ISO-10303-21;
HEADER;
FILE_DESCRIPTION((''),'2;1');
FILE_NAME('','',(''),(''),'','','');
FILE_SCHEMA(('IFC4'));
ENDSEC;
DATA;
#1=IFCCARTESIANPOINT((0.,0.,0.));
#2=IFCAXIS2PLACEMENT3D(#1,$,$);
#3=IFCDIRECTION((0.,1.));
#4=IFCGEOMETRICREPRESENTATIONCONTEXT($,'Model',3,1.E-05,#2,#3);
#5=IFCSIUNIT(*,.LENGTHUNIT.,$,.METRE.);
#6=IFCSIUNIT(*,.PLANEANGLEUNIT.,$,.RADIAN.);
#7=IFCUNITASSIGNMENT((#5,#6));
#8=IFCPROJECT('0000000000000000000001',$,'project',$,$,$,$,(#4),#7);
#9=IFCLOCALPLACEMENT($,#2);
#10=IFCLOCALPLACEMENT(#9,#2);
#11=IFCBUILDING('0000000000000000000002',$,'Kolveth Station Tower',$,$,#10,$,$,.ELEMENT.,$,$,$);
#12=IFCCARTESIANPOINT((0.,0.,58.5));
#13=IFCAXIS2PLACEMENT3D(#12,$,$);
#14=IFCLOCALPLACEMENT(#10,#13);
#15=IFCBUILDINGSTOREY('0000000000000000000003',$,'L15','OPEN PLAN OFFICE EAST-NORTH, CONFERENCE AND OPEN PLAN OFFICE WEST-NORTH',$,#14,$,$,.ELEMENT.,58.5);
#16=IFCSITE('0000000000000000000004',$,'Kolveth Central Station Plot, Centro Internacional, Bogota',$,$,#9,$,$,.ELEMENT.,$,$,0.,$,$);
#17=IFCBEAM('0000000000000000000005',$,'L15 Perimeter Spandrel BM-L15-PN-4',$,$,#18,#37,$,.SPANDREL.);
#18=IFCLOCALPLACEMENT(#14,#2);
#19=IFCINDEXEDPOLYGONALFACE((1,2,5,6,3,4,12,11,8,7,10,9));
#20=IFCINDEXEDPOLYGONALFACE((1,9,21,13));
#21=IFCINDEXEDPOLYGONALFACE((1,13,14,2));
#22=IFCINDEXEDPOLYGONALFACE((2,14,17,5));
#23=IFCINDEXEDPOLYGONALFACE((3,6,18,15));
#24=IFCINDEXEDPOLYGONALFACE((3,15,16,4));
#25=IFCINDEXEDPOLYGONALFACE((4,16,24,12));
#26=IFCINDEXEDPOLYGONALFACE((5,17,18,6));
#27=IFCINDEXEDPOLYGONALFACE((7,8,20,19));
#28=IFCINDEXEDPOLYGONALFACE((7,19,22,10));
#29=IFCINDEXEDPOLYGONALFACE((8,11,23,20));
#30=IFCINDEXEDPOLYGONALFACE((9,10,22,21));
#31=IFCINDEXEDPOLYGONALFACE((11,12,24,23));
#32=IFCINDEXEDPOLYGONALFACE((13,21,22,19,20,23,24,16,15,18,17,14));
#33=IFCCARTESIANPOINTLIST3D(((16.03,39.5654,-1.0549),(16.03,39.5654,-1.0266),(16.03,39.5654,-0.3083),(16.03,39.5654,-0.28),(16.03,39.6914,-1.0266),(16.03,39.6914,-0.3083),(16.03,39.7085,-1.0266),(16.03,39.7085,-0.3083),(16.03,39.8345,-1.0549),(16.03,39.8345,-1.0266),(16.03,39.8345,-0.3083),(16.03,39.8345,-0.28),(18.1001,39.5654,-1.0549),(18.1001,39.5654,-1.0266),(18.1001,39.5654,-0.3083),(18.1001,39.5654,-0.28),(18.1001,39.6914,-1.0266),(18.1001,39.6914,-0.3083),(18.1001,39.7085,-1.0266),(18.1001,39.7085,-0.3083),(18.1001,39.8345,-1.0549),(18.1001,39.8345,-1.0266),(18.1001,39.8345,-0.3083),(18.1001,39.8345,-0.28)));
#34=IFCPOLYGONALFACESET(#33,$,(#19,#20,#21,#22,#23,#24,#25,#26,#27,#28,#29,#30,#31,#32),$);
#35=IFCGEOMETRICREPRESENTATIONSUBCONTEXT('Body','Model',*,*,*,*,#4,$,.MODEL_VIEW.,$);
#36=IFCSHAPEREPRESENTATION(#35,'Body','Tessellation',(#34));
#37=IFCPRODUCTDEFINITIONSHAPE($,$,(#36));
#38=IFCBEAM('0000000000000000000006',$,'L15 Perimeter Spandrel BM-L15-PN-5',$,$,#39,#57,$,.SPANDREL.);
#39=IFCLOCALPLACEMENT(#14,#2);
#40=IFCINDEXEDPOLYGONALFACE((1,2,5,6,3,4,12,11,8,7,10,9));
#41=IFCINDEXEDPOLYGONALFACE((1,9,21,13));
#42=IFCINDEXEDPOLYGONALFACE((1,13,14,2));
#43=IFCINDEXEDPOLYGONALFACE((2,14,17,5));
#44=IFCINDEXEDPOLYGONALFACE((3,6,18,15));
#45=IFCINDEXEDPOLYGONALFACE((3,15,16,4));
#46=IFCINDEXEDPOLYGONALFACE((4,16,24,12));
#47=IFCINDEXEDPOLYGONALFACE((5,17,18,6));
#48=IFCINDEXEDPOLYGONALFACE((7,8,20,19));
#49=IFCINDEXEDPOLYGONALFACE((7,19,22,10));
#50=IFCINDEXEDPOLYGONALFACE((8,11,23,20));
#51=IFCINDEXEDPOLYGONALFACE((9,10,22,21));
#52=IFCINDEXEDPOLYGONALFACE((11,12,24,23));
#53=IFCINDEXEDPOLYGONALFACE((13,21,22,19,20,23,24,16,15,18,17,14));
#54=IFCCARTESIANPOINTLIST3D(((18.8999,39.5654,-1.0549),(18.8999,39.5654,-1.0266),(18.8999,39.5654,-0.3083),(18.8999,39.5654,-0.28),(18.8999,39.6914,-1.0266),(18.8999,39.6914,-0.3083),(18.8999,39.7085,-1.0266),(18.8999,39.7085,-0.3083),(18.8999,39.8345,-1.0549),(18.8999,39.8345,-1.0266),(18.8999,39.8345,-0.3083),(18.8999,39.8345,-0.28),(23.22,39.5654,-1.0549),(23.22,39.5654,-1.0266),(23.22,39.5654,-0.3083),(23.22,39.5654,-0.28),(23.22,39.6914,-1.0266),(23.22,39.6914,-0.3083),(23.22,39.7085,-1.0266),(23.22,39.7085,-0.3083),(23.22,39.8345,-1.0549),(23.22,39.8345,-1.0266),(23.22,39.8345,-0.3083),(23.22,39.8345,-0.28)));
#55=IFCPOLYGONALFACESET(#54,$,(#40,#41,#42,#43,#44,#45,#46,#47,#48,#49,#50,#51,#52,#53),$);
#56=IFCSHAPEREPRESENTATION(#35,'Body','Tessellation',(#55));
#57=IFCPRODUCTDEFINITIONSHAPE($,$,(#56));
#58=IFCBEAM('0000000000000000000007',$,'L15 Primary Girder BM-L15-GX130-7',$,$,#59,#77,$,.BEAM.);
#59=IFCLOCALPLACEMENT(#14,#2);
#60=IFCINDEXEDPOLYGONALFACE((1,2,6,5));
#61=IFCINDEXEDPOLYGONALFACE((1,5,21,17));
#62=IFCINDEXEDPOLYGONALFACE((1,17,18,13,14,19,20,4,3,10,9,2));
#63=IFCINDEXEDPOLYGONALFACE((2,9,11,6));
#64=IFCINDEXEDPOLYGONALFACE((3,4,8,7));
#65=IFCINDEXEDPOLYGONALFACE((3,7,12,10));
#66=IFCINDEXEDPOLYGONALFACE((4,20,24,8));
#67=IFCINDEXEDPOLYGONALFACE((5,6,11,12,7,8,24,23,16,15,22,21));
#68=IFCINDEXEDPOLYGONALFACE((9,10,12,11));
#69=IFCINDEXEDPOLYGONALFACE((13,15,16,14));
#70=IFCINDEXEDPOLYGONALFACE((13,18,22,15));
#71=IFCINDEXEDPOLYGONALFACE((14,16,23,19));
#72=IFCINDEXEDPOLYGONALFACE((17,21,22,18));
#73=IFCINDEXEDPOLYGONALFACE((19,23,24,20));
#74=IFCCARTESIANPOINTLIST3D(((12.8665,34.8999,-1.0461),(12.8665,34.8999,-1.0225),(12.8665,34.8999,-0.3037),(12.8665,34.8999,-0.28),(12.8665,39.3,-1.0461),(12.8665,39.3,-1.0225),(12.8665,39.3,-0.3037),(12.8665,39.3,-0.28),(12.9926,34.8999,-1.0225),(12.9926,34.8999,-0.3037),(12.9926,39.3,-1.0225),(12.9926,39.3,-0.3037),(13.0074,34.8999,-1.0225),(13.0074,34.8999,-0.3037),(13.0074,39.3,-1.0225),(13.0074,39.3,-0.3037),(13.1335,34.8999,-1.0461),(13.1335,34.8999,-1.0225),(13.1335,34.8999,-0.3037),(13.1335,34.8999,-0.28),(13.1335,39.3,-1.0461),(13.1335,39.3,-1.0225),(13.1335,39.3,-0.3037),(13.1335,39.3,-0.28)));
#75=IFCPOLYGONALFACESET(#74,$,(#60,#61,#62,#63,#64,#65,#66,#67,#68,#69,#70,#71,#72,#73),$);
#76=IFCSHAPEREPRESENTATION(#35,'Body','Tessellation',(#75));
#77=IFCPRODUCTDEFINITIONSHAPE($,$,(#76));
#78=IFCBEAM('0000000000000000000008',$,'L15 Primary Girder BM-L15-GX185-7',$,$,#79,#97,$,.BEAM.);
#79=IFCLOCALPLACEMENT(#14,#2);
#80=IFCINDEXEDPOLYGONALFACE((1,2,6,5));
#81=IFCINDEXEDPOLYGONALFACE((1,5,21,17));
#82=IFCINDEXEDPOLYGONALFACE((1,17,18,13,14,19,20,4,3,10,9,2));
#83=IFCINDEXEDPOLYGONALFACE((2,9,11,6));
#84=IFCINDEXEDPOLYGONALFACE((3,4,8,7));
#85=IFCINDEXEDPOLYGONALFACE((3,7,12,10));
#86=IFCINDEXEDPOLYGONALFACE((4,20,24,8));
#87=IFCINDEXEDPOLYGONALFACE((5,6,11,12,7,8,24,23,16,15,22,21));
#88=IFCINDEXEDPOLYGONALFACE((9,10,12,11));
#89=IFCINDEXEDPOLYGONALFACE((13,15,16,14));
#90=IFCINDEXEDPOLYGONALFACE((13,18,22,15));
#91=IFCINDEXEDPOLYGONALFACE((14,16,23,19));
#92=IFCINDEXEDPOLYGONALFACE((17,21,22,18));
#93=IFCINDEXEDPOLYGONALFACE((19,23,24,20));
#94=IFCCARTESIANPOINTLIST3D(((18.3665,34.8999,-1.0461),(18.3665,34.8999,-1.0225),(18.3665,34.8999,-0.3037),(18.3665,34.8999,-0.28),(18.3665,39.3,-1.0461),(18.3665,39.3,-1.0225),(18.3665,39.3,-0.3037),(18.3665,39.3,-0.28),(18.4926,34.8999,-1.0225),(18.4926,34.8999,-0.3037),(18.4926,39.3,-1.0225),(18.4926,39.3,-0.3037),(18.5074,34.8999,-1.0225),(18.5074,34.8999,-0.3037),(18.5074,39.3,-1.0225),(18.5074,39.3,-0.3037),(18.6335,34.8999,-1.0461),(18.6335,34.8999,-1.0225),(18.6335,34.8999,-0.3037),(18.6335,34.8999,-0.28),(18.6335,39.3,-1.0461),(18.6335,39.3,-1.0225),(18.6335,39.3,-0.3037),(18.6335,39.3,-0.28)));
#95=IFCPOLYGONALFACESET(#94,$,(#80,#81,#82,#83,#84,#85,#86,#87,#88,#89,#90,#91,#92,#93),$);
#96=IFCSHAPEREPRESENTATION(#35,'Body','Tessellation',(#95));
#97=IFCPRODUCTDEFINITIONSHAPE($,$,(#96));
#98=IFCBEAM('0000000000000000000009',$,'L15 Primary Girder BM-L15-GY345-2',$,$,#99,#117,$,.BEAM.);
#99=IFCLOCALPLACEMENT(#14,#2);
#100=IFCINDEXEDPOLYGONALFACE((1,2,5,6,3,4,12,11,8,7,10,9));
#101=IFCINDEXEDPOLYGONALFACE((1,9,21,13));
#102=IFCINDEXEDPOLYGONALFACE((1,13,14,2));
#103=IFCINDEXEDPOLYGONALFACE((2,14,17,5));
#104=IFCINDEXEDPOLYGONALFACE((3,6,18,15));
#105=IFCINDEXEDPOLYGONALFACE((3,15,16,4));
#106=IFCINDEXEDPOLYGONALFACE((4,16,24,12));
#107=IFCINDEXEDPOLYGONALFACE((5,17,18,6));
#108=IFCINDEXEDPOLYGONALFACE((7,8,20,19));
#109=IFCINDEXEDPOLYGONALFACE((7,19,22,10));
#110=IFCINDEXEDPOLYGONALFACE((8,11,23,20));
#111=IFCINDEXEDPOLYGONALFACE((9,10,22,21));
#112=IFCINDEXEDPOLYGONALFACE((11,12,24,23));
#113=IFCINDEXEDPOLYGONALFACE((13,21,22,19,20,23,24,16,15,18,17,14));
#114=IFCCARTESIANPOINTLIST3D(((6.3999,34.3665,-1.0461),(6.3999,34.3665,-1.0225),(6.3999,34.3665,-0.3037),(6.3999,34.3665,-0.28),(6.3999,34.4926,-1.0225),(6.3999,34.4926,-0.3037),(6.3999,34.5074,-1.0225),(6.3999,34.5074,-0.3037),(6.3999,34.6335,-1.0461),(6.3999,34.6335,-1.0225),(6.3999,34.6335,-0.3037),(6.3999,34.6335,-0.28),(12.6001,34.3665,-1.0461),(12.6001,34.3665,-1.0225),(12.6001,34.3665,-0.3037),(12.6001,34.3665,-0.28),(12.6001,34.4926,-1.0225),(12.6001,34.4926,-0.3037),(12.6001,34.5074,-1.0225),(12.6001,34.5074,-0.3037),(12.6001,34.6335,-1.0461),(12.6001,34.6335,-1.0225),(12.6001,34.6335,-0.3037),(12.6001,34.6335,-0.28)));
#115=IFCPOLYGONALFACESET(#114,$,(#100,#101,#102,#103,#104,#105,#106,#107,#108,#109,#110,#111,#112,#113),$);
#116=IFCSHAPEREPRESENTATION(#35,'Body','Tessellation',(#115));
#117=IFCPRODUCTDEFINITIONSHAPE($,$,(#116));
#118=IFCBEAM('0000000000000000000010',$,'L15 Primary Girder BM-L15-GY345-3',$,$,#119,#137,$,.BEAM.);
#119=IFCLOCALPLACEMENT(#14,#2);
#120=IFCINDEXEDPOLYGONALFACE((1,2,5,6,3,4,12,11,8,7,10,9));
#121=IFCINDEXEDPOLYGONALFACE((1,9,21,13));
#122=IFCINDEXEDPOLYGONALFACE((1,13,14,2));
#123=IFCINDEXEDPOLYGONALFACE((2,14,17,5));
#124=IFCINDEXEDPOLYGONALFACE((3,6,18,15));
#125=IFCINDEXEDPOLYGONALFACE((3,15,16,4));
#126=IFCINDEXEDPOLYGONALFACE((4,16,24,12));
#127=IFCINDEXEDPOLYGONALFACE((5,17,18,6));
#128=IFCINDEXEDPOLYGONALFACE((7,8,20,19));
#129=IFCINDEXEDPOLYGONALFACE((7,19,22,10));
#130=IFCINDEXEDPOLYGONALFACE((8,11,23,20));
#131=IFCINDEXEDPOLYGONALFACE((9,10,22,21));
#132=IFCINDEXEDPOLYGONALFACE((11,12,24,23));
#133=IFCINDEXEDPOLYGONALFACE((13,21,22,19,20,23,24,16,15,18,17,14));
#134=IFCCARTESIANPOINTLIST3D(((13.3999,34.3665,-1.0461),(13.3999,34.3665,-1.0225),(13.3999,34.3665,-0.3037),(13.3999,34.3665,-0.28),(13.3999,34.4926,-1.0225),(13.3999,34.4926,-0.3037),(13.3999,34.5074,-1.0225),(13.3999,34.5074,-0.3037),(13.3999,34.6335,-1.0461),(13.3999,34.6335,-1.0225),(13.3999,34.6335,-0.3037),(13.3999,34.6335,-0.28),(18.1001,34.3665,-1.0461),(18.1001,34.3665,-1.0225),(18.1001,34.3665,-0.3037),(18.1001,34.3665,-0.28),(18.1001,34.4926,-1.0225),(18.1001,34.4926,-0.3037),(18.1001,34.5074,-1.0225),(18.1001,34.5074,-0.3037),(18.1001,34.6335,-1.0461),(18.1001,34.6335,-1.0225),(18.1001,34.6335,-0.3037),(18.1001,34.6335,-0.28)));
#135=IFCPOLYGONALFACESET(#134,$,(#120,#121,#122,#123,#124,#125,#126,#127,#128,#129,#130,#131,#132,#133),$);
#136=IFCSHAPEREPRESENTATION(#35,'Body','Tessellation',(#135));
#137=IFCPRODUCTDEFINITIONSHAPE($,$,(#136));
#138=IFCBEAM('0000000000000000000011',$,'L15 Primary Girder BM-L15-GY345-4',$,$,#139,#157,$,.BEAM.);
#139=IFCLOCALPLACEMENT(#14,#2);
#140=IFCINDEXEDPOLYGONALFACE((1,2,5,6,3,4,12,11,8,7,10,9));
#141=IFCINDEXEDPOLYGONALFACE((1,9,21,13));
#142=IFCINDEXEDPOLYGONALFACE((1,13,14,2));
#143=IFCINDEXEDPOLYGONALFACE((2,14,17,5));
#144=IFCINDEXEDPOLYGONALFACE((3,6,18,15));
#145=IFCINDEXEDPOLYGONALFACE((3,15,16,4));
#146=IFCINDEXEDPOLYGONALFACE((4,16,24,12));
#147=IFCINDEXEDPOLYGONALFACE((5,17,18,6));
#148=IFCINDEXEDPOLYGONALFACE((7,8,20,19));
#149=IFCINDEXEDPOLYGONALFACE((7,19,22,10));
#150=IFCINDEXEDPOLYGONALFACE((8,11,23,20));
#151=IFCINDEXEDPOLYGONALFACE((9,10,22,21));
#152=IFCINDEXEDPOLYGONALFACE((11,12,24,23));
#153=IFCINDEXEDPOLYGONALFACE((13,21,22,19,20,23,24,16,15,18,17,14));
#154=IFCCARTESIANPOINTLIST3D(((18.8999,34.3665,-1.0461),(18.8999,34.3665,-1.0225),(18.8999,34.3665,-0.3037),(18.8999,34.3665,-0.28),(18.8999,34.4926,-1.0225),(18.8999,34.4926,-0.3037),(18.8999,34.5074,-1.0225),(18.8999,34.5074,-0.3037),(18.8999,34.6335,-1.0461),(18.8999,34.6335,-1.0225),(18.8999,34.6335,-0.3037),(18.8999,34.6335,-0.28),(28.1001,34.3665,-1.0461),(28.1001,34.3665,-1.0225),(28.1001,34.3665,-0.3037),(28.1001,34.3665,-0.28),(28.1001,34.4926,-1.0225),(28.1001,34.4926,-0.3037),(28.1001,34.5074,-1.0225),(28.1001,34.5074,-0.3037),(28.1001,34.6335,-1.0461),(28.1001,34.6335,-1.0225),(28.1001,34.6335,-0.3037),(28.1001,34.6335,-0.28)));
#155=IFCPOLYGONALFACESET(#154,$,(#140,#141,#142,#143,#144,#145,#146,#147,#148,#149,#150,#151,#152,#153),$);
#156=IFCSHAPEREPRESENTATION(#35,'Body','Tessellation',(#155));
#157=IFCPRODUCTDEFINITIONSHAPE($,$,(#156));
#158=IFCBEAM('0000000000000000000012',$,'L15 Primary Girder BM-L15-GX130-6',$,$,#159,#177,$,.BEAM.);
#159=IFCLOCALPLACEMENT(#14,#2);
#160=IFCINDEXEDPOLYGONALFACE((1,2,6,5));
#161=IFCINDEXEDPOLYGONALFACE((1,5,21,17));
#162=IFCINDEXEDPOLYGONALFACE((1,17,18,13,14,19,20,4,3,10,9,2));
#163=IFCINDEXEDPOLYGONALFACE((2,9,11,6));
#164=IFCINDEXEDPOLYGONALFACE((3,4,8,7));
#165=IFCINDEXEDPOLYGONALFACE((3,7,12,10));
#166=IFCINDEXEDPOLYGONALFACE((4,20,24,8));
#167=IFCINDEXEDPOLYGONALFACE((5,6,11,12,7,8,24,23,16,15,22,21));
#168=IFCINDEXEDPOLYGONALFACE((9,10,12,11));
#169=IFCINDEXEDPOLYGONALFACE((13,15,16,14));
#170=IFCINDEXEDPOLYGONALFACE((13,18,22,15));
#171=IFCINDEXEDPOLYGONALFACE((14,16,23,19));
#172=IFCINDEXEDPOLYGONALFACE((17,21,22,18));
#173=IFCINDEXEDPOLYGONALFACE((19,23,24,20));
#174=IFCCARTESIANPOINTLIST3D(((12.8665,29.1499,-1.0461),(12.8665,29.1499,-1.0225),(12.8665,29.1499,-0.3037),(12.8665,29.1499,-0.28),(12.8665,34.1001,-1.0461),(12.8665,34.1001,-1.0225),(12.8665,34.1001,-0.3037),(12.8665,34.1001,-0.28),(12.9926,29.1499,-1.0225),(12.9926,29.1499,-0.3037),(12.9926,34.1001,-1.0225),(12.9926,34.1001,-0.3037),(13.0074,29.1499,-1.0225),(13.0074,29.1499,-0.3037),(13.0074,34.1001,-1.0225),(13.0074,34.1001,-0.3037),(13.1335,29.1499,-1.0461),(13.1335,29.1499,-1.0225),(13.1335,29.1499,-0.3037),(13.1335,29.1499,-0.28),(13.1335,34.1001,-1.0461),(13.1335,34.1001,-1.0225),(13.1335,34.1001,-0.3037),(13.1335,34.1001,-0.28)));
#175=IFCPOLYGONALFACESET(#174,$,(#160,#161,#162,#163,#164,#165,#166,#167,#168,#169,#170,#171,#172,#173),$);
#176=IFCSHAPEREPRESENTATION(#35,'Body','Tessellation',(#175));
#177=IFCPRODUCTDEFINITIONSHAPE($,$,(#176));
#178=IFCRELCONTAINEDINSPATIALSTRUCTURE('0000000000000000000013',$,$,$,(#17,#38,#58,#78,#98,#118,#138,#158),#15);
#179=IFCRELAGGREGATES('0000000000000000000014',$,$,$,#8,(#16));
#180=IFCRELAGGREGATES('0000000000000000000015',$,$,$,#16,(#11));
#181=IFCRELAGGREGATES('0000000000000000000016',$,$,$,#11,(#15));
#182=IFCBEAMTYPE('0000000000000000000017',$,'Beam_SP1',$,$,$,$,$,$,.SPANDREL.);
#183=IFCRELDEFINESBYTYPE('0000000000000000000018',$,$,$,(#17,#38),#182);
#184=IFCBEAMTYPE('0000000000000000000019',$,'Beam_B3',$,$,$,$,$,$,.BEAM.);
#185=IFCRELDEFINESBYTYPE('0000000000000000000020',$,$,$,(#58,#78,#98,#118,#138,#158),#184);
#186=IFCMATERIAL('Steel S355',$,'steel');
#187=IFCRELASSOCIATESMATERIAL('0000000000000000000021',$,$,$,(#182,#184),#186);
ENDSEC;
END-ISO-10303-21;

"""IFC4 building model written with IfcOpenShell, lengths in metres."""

from ifc_helpers import new_model, si_unit, direction, frame, origin, origin_2d, place, context, subcontext, project, spatial, i_section, extrude, source, transform, mapped, material, material_profile, profile_set, type_object, element, save


model = new_model("IFC4")

# Units and contexts
model_context = context("Model", 3, precision=1e-05, world=origin(), true_north=direction((0.0, 1.0)))
body_context = subcontext(model_context, "Body", "Model", "MODEL_VIEW")
ifc_project = project(units=[si_unit("LENGTHUNIT", "METRE"), si_unit("PLANEANGLEUNIT", "RADIAN")], contexts=[model_context])

# Site, building, storey
site_placement = place(None, origin())
site = spatial("IfcSite", under=ifc_project, at=site_placement, Name="Kolveth Central Station Plot, Centro Internacional, Bogota", CompositionType="ELEMENT", RefElevation=0.0)
building_placement = place(site_placement, origin())
building = spatial("IfcBuilding", under=site, at=building_placement, Name="Kolveth Station Tower", CompositionType="ELEMENT")
storey_placement = place(building_placement, frame((0.0, 0.0, 58.5)))
storey = spatial("IfcBuildingStorey", under=building, at=storey_placement, Name="L15", Description="OPEN PLAN OFFICE EAST-NORTH, CONFERENCE AND OPEN PLAN OFFICE WEST-NORTH", CompositionType="ELEMENT", Elevation=58.5)

# Shared definitions
ifc_material_1 = material(Name="Steel S355", Category="steel")

# Beams
ifc_material_profile_1 = material_profile(ifc_material_1, i_section(OverallWidth=0.269, OverallDepth=0.7749, WebThickness=0.0171, FlangeThickness=0.0283, at=origin_2d()), Name="W760x220")
ifc_profile_set_1 = profile_set([ifc_material_profile_1], Name="Steel S355")
beam_type_1 = type_object("IfcBeamType", Name="Beam_SP1", PredefinedType="SPANDREL", material=ifc_profile_set_1)
shared_shape_1 = source(origin(), body_context, "Body", "SweptSolid", [
    extrude(i_section(OverallWidth=0.269, OverallDepth=0.7749, WebThickness=0.0171, FlangeThickness=0.0283, at=origin_2d()), origin(), (0.0, 0.0, 1.0), 2.0701),
])
for number, where, z_axis, x_axis, name in (
    (1, (16.03, 39.7, -0.6675), (1.0, 0.0, 0.0), (0.0, 1.0, 0.0), "L15 Perimeter Spandrel BM-L15-PN-4"),
):
    element("IfcBeam", number, at=place(storey_placement, frame(where, z_axis=z_axis, x_axis=x_axis)), inside=storey, type_object=beam_type_1, Name=name, PredefinedType="SPANDREL", context=body_context, shape_type="MappedRepresentation", body=[
        mapped(shared_shape_1, transform((0.0, 0.0, 0.0), x_axis=(1.0, 0.0, 0.0), y_axis=(0.0, 1.0, 0.0), z_axis=(0.0, 0.0, 1.0), scale=1.0)),
    ])
shared_shape_2 = source(origin(), body_context, "Body", "SweptSolid", [
    extrude(i_section(OverallWidth=0.269, OverallDepth=0.7749, WebThickness=0.0171, FlangeThickness=0.0283, at=origin_2d()), origin(), (0.0, 0.0, 1.0), 4.3201),
])
beam_1_placement = place(storey_placement, frame((18.8999, 39.7, -0.6675), z_axis=(1.0, 0.0, 0.0), x_axis=(0.0, 1.0, 0.0)))
element("IfcBeam", 2, at=beam_1_placement, inside=storey, type_object=beam_type_1, Name="L15 Perimeter Spandrel BM-L15-PN-5", PredefinedType="SPANDREL", context=body_context, shape_type="MappedRepresentation", body=[
    mapped(shared_shape_2, transform((0.0, 0.0, 0.0), x_axis=(1.0, 0.0, 0.0), y_axis=(0.0, 1.0, 0.0), z_axis=(0.0, 0.0, 1.0), scale=1.0)),
])
ifc_material_profile_2 = material_profile(ifc_material_1, i_section(OverallWidth=0.2671, OverallDepth=0.7661, WebThickness=0.0149, FlangeThickness=0.0237, at=origin_2d()), Name="W760x185")
ifc_profile_set_2 = profile_set([ifc_material_profile_2], Name="Steel S355")
beam_type_2 = type_object("IfcBeamType", Name="Beam_B3", PredefinedType="BEAM", material=ifc_profile_set_2)
shared_shape_3 = source(origin(), body_context, "Body", "SweptSolid", [
    extrude(i_section(OverallWidth=0.2671, OverallDepth=0.7661, WebThickness=0.0149, FlangeThickness=0.0237, at=origin_2d()), origin(), (0.0, 0.0, 1.0), 4.4001),
])
for number, where, z_axis, x_axis, name in (
    (3, (13.0, 34.8999, -0.6631), (0.0, 1.0, 0.0), (-1.0, 0.0, 0.0), "L15 Primary Girder BM-L15-GX130-7"),
    (4, (18.5, 34.8999, -0.6631), (0.0, 1.0, 0.0), (-1.0, 0.0, 0.0), "L15 Primary Girder BM-L15-GX185-7"),
):
    element("IfcBeam", number, at=place(storey_placement, frame(where, z_axis=z_axis, x_axis=x_axis)), inside=storey, type_object=beam_type_2, Name=name, PredefinedType="BEAM", context=body_context, shape_type="MappedRepresentation", body=[
        mapped(shared_shape_3, transform((0.0, 0.0, 0.0), x_axis=(1.0, 0.0, 0.0), y_axis=(0.0, 1.0, 0.0), z_axis=(0.0, 0.0, 1.0), scale=1.0)),
    ])
shared_shape_4 = source(origin(), body_context, "Body", "SweptSolid", [
    extrude(i_section(OverallWidth=0.2671, OverallDepth=0.7661, WebThickness=0.0149, FlangeThickness=0.0237, at=origin_2d()), origin(), (0.0, 0.0, 1.0), 6.2002),
])
beam_2_placement = place(storey_placement, frame((6.3999, 34.5, -0.6631), z_axis=(1.0, 0.0, 0.0), x_axis=(0.0, 1.0, 0.0)))
element("IfcBeam", 5, at=beam_2_placement, inside=storey, type_object=beam_type_2, Name="L15 Primary Girder BM-L15-GY345-2", PredefinedType="BEAM", context=body_context, shape_type="MappedRepresentation", body=[
    mapped(shared_shape_4, transform((0.0, 0.0, 0.0), x_axis=(1.0, 0.0, 0.0), y_axis=(0.0, 1.0, 0.0), z_axis=(0.0, 0.0, 1.0), scale=1.0)),
])
shared_shape_5 = source(origin(), body_context, "Body", "SweptSolid", [
    extrude(i_section(OverallWidth=0.2671, OverallDepth=0.7661, WebThickness=0.0149, FlangeThickness=0.0237, at=origin_2d()), origin(), (0.0, 0.0, 1.0), 4.7002),
])
beam_3_placement = place(storey_placement, frame((13.3999, 34.5, -0.6631), z_axis=(1.0, 0.0, 0.0), x_axis=(0.0, 1.0, 0.0)))
element("IfcBeam", 6, at=beam_3_placement, inside=storey, type_object=beam_type_2, Name="L15 Primary Girder BM-L15-GY345-3", PredefinedType="BEAM", context=body_context, shape_type="MappedRepresentation", body=[
    mapped(shared_shape_5, transform((0.0, 0.0, 0.0), x_axis=(1.0, 0.0, 0.0), y_axis=(0.0, 1.0, 0.0), z_axis=(0.0, 0.0, 1.0), scale=1.0)),
])
shared_shape_6 = source(origin(), body_context, "Body", "SweptSolid", [
    extrude(i_section(OverallWidth=0.2671, OverallDepth=0.7661, WebThickness=0.0149, FlangeThickness=0.0237, at=origin_2d()), origin(), (0.0, 0.0, 1.0), 9.2002),
])
beam_4_placement = place(storey_placement, frame((18.8999, 34.5, -0.6631), z_axis=(1.0, 0.0, 0.0), x_axis=(0.0, 1.0, 0.0)))
element("IfcBeam", 7, at=beam_4_placement, inside=storey, type_object=beam_type_2, Name="L15 Primary Girder BM-L15-GY345-4", PredefinedType="BEAM", context=body_context, shape_type="MappedRepresentation", body=[
    mapped(shared_shape_6, transform((0.0, 0.0, 0.0), x_axis=(1.0, 0.0, 0.0), y_axis=(0.0, 1.0, 0.0), z_axis=(0.0, 0.0, 1.0), scale=1.0)),
])
shared_shape_7 = source(origin(), body_context, "Body", "SweptSolid", [
    extrude(i_section(OverallWidth=0.2671, OverallDepth=0.7661, WebThickness=0.0149, FlangeThickness=0.0237, at=origin_2d()), origin(), (0.0, 0.0, 1.0), 4.9502),
])
beam_5_placement = place(storey_placement, frame((13.0, 29.1499, -0.6631), z_axis=(0.0, 1.0, 0.0), x_axis=(-1.0, 0.0, 0.0)))
element("IfcBeam", 8, at=beam_5_placement, inside=storey, type_object=beam_type_2, Name="L15 Primary Girder BM-L15-GX130-6", PredefinedType="BEAM", context=body_context, shape_type="MappedRepresentation", body=[
    mapped(shared_shape_7, transform((0.0, 0.0, 0.0), x_axis=(1.0, 0.0, 0.0), y_axis=(0.0, 1.0, 0.0), z_axis=(0.0, 0.0, 1.0), scale=1.0)),
])

save(model, "model.ifc")
